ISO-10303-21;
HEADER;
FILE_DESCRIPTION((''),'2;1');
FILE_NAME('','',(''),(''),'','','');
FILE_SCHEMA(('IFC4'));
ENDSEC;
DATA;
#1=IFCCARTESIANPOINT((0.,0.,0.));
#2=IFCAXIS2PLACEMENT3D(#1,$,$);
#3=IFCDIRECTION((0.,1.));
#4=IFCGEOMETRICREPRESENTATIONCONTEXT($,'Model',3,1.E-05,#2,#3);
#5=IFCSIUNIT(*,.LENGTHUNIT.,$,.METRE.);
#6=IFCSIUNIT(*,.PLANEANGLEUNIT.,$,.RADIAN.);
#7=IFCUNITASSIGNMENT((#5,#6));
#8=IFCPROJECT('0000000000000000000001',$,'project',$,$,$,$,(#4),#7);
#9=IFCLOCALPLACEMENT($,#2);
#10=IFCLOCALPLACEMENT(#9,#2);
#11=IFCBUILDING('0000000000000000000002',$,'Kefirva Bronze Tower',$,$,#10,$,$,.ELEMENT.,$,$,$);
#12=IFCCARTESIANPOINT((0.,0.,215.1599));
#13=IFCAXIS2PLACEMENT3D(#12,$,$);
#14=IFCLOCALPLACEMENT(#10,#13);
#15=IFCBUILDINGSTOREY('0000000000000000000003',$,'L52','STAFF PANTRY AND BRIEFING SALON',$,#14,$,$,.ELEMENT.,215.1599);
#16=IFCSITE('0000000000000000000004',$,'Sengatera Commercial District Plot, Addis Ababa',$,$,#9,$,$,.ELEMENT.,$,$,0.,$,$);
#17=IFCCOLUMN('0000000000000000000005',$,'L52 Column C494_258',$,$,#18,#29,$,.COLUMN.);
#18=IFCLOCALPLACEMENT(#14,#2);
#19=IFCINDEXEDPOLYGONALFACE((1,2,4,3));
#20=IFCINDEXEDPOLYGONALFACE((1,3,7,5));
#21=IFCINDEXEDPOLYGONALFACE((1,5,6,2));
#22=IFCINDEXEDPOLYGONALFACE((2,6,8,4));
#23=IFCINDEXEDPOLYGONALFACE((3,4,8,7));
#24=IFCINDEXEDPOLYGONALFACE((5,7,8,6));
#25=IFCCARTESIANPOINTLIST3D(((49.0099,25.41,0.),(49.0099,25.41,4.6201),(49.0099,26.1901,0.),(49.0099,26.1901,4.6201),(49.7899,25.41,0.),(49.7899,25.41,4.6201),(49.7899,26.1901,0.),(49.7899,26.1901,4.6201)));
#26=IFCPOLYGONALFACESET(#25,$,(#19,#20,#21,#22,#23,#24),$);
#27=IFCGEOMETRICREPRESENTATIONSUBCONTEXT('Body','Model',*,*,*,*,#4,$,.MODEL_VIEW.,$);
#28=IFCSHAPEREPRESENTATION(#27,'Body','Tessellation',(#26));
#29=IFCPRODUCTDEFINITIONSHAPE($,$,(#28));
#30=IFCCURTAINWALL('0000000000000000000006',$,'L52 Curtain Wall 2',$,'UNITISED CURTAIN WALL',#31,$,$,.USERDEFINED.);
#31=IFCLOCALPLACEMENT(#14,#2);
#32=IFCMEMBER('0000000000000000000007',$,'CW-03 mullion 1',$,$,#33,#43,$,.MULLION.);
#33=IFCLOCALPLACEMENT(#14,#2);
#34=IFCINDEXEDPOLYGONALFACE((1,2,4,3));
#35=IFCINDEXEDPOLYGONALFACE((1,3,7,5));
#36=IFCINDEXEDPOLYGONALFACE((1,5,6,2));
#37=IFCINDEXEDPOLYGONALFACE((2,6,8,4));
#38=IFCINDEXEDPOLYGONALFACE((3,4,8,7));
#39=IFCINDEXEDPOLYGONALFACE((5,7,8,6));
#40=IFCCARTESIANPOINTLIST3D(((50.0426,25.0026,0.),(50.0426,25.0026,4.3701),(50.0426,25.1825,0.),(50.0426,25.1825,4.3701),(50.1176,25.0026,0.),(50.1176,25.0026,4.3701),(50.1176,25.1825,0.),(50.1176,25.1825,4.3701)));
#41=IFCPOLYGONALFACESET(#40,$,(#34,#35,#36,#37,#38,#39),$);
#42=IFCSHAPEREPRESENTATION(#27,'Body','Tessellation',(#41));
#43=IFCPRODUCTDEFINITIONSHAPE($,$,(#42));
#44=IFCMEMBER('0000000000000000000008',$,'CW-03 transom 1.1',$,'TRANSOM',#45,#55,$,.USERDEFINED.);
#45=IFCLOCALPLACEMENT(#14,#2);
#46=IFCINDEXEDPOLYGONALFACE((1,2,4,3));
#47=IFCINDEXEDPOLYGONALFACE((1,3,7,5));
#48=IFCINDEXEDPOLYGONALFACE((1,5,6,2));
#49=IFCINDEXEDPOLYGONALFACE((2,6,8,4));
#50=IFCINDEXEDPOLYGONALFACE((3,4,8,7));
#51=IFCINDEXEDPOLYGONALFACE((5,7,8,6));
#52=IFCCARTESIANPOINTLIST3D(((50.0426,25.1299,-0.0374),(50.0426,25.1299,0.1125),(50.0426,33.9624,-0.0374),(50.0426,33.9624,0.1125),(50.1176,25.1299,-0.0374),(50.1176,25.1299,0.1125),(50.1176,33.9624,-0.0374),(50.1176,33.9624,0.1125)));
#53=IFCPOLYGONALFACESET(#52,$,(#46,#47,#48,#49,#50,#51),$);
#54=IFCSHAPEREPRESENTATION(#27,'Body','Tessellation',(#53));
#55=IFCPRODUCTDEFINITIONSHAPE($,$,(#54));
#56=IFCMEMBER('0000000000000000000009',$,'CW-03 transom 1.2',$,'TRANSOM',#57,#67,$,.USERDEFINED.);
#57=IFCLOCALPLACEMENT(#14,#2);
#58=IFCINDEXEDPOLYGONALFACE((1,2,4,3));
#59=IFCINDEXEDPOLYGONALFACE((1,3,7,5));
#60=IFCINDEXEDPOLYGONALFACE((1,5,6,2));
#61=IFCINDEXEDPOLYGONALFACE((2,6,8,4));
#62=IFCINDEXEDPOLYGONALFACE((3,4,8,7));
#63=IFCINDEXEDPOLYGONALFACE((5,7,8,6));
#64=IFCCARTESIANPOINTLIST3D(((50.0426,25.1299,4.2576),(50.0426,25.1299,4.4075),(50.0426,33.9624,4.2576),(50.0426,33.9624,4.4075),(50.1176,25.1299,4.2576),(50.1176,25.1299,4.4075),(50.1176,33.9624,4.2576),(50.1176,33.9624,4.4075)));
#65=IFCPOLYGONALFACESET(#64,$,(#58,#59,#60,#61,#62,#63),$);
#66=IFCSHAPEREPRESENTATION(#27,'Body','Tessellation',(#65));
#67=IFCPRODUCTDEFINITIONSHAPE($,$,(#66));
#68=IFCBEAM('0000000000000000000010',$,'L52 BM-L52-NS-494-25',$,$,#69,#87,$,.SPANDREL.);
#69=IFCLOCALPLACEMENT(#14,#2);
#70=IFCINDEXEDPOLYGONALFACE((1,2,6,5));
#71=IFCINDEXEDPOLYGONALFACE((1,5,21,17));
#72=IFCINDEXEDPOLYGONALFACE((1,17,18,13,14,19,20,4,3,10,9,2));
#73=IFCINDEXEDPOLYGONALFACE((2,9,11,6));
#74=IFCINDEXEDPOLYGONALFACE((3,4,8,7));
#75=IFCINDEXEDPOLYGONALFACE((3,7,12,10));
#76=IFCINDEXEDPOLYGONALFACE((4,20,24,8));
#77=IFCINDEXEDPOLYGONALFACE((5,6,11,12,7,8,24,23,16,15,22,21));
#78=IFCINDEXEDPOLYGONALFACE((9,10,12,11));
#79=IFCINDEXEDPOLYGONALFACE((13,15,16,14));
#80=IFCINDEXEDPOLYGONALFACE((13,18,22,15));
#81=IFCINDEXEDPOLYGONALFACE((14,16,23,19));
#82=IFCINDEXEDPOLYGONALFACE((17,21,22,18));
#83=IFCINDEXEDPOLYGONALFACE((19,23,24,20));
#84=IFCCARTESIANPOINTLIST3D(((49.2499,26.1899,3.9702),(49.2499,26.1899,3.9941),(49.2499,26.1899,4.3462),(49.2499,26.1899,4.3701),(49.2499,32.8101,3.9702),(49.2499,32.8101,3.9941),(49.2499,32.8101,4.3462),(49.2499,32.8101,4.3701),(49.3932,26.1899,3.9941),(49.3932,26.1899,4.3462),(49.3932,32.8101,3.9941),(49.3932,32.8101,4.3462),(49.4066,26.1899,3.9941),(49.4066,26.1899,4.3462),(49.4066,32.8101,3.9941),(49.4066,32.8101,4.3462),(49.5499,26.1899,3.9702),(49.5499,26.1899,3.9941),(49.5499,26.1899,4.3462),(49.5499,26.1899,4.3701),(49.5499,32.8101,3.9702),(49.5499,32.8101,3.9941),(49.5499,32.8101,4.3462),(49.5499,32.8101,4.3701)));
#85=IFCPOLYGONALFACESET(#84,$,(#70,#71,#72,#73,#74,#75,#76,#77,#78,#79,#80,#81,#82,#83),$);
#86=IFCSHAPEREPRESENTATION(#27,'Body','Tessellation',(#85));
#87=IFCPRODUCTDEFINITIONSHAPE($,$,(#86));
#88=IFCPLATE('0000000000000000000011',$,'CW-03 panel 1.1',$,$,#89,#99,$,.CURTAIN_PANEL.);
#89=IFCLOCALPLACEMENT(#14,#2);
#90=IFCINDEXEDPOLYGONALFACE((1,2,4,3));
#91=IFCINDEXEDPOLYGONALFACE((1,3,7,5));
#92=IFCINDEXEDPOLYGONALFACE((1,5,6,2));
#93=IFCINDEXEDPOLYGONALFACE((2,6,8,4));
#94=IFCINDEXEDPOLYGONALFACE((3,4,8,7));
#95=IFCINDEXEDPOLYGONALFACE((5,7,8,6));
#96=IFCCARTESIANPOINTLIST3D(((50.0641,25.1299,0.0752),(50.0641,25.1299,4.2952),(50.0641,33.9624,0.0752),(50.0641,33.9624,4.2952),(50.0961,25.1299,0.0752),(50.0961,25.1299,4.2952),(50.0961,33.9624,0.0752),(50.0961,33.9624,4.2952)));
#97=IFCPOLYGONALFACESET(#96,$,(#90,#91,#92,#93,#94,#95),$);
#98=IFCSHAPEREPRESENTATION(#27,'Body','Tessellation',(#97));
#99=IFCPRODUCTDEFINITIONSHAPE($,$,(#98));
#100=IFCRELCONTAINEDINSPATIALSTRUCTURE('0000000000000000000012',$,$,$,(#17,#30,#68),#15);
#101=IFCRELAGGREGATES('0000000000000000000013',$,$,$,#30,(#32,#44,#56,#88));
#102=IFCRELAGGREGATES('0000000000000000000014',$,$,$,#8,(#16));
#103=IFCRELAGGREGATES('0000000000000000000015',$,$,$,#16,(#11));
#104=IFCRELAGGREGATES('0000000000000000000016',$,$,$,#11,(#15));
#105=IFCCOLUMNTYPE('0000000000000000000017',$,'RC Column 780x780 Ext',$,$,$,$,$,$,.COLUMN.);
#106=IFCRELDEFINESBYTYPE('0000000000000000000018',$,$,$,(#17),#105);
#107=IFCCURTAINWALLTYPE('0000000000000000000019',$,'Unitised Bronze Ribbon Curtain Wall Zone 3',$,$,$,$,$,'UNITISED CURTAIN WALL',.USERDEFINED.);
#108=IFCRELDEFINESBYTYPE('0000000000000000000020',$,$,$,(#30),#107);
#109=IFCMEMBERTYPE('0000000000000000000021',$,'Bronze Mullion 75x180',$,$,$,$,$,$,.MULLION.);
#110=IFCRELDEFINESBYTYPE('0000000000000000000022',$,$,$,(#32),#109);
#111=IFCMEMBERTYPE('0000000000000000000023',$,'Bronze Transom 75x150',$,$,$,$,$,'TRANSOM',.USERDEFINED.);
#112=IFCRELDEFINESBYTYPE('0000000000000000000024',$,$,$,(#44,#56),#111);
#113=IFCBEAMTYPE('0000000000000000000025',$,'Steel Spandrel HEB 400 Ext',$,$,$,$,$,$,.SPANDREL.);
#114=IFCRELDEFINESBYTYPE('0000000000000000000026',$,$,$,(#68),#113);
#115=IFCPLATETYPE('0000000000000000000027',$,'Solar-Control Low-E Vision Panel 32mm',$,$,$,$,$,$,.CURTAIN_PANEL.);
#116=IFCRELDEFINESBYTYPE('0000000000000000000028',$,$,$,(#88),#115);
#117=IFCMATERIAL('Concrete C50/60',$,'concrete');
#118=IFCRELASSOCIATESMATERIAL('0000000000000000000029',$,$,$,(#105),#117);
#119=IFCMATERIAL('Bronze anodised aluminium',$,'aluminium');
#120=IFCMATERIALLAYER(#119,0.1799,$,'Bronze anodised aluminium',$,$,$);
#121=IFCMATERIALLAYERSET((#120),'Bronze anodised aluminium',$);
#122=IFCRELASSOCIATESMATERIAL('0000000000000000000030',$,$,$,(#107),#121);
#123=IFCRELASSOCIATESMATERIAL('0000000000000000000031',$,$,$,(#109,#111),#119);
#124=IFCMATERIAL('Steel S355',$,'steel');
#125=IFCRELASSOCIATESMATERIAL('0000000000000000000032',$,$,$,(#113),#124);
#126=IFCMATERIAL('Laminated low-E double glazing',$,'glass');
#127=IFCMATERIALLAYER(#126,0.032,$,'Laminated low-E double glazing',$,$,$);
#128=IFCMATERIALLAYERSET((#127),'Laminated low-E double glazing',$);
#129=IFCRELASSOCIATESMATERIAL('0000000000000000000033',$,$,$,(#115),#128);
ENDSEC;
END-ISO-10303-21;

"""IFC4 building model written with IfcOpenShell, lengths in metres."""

from ifc_helpers import new_model, si_unit, direction, frame, origin, origin_2d, place, context, subcontext, project, spatial, rectangle, i_section, extrude, material, layer, layer_set, material_profile, profile_set, type_object, element, aggregate, save


model = new_model("IFC4")

# Units and contexts
model_context = context("Model", 3, precision=1e-05, world=origin(), true_north=direction((0.0, 1.0)))
body_context = subcontext(model_context, "Body", "Model", "MODEL_VIEW")
ifc_project = project(units=[si_unit("LENGTHUNIT", "METRE"), si_unit("PLANEANGLEUNIT", "RADIAN")], contexts=[model_context])

# Site, building, storey
site_placement = place(None, origin())
site = spatial("IfcSite", under=ifc_project, at=site_placement, Name="Sengatera Commercial District Plot, Addis Ababa", CompositionType="ELEMENT", RefElevation=0.0)
building_placement = place(site_placement, origin())
building = spatial("IfcBuilding", under=site, at=building_placement, Name="Kefirva Bronze Tower", CompositionType="ELEMENT")
storey_placement = place(building_placement, frame((0.0, 0.0, 215.1599)))
storey = spatial("IfcBuildingStorey", under=building, at=storey_placement, Name="L52", Description="STAFF PANTRY AND BRIEFING SALON", CompositionType="ELEMENT", Elevation=215.1599)

# Column
ifc_material_1 = material(Name="Concrete C50/60", Category="concrete")
ifc_material_profile_1 = material_profile(ifc_material_1, rectangle(XDim=0.78, YDim=0.78, at=origin_2d()), Name="RC 780x780")
ifc_profile_set_1 = profile_set([ifc_material_profile_1], Name="Concrete C50/60")
column_type = type_object("IfcColumnType", Name="RC Column 780x780 Ext", PredefinedType="COLUMN", material=ifc_profile_set_1)
column_placement = place(storey_placement, frame((49.3999, 25.8, 0.0), z_axis=(0.0, 0.0, 1.0), x_axis=(1.0, 0.0, 0.0)))
element("IfcColumn", 1, at=column_placement, inside=storey, type_object=column_type, Name="L52 Column C494_258", PredefinedType="COLUMN", context=body_context, shape_type="SweptSolid", body=[
    extrude(rectangle(XDim=0.78, YDim=0.78, at=origin_2d()), origin(), (0.0, 0.0, 1.0), 4.6201),
])

# Curtain wall, members
ifc_material_2 = material(Name="Bronze anodised aluminium", Category="aluminium")
ifc_layer_1 = layer(ifc_material_2, 0.1799, Name="Bronze anodised aluminium")
ifc_layer_set_1 = layer_set([ifc_layer_1], Name="Bronze anodised aluminium")
curtain_wall_type = type_object("IfcCurtainWallType", Name="Unitised Bronze Ribbon Curtain Wall Zone 3", ElementType="UNITISED CURTAIN WALL", PredefinedType="USERDEFINED", material=ifc_layer_set_1)
curtain_wall_placement = place(storey_placement, origin())
curtain_wall = element("IfcCurtainWall", 2, at=curtain_wall_placement, inside=storey, type_object=curtain_wall_type, Name="L52 Curtain Wall 2", ObjectType="UNITISED CURTAIN WALL", PredefinedType="USERDEFINED")
ifc_material_profile_2 = material_profile(ifc_material_2, rectangle(XDim=0.075, YDim=0.1799, at=origin_2d()), Name="ALU 75x180")
ifc_profile_set_2 = profile_set([ifc_material_profile_2], Name="Bronze anodised aluminium")
member_type_1 = type_object("IfcMemberType", Name="Bronze Mullion 75x180", PredefinedType="MULLION", material=ifc_profile_set_2)
member_1_placement = place(storey_placement, frame((50.0801, 25.0925, 0.0), z_axis=(0.0, 0.0, 1.0), x_axis=(-1.0, 0.0, 0.0)))
member_1 = element("IfcMember", 3, at=member_1_placement, type_object=member_type_1, Name="CW-03 mullion 1", PredefinedType="MULLION", context=body_context, shape_type="SweptSolid", body=[
    extrude(rectangle(XDim=0.075, YDim=0.1799, at=origin_2d()), origin(), (0.0, 0.0, 1.0), 4.3701),
])
ifc_material_profile_3 = material_profile(ifc_material_2, rectangle(XDim=0.075, YDim=0.1499, at=origin_2d()), Name="ALU 75x150")
ifc_profile_set_3 = profile_set([ifc_material_profile_3], Name="Bronze anodised aluminium")
member_type_2 = type_object("IfcMemberType", Name="Bronze Transom 75x150", ElementType="TRANSOM", PredefinedType="USERDEFINED", material=ifc_profile_set_3)
member_2_placement = place(storey_placement, frame((50.0801, 25.1299, 0.0376), z_axis=(0.0, 1.0, 0.0), x_axis=(-1.0, 0.0, 0.0)))
member_2 = element("IfcMember", 4, at=member_2_placement, type_object=member_type_2, Name="CW-03 transom 1.1", ObjectType="TRANSOM", PredefinedType="USERDEFINED", context=body_context, shape_type="SweptSolid", body=[
    extrude(rectangle(XDim=0.075, YDim=0.1499, at=origin_2d()), origin(), (0.0, 0.0, 1.0), 8.8325),
])
member_3_placement = place(storey_placement, frame((50.0801, 25.1299, 4.3325), z_axis=(0.0, 1.0, 0.0), x_axis=(-1.0, 0.0, 0.0)))
member_3 = element("IfcMember", 5, at=member_3_placement, type_object=member_type_2, Name="CW-03 transom 1.2", ObjectType="TRANSOM", PredefinedType="USERDEFINED", context=body_context, shape_type="SweptSolid", body=[
    extrude(rectangle(XDim=0.075, YDim=0.1499, at=origin_2d()), origin(), (0.0, 0.0, 1.0), 8.8325),
])

# Beam
ifc_material_3 = material(Name="Steel S355", Category="steel")
ifc_material_profile_4 = material_profile(ifc_material_3, i_section(OverallWidth=0.3, OverallDepth=0.3999, WebThickness=0.0134, FlangeThickness=0.0239, at=origin_2d()), Name="HEB 400")
ifc_profile_set_4 = profile_set([ifc_material_profile_4], Name="Steel S355")
beam_type = type_object("IfcBeamType", Name="Steel Spandrel HEB 400 Ext", PredefinedType="SPANDREL", material=ifc_profile_set_4)
beam_placement = place(storey_placement, frame((49.3999, 26.1899, 4.1702), z_axis=(0.0, 1.0, 0.0), x_axis=(-1.0, 0.0, 0.0)))
element("IfcBeam", 6, at=beam_placement, inside=storey, type_object=beam_type, Name="L52 BM-L52-NS-494-25", PredefinedType="SPANDREL", context=body_context, shape_type="SweptSolid", body=[
    extrude(i_section(OverallWidth=0.3, OverallDepth=0.3999, WebThickness=0.0134, FlangeThickness=0.0239, at=origin_2d()), origin(), (0.0, 0.0, 1.0), 6.6201),
])

# Plate
ifc_material_4 = material(Name="Laminated low-E double glazing", Category="glass")
ifc_layer_2 = layer(ifc_material_4, 0.032, Name="Laminated low-E double glazing")
ifc_layer_set_2 = layer_set([ifc_layer_2], Name="Laminated low-E double glazing")
plate_type = type_object("IfcPlateType", Name="Solar-Control Low-E Vision Panel 32mm", PredefinedType="CURTAIN_PANEL", material=ifc_layer_set_2)
plate_placement = place(storey_placement, frame((50.0801, 29.5461, 0.0752), z_axis=(0.0, 0.0, 1.0), x_axis=(0.0, 1.0, 0.0)))
plate = element("IfcPlate", 7, at=plate_placement, type_object=plate_type, Name="CW-03 panel 1.1", PredefinedType="CURTAIN_PANEL", context=body_context, shape_type="SweptSolid", body=[
    extrude(rectangle(XDim=8.8325, YDim=0.032, at=origin_2d()), origin(), (0.0, 0.0, 1.0), 4.22),
])
aggregate(curtain_wall, [member_1, member_2, member_3, plate])

save(model, "model.ifc")
